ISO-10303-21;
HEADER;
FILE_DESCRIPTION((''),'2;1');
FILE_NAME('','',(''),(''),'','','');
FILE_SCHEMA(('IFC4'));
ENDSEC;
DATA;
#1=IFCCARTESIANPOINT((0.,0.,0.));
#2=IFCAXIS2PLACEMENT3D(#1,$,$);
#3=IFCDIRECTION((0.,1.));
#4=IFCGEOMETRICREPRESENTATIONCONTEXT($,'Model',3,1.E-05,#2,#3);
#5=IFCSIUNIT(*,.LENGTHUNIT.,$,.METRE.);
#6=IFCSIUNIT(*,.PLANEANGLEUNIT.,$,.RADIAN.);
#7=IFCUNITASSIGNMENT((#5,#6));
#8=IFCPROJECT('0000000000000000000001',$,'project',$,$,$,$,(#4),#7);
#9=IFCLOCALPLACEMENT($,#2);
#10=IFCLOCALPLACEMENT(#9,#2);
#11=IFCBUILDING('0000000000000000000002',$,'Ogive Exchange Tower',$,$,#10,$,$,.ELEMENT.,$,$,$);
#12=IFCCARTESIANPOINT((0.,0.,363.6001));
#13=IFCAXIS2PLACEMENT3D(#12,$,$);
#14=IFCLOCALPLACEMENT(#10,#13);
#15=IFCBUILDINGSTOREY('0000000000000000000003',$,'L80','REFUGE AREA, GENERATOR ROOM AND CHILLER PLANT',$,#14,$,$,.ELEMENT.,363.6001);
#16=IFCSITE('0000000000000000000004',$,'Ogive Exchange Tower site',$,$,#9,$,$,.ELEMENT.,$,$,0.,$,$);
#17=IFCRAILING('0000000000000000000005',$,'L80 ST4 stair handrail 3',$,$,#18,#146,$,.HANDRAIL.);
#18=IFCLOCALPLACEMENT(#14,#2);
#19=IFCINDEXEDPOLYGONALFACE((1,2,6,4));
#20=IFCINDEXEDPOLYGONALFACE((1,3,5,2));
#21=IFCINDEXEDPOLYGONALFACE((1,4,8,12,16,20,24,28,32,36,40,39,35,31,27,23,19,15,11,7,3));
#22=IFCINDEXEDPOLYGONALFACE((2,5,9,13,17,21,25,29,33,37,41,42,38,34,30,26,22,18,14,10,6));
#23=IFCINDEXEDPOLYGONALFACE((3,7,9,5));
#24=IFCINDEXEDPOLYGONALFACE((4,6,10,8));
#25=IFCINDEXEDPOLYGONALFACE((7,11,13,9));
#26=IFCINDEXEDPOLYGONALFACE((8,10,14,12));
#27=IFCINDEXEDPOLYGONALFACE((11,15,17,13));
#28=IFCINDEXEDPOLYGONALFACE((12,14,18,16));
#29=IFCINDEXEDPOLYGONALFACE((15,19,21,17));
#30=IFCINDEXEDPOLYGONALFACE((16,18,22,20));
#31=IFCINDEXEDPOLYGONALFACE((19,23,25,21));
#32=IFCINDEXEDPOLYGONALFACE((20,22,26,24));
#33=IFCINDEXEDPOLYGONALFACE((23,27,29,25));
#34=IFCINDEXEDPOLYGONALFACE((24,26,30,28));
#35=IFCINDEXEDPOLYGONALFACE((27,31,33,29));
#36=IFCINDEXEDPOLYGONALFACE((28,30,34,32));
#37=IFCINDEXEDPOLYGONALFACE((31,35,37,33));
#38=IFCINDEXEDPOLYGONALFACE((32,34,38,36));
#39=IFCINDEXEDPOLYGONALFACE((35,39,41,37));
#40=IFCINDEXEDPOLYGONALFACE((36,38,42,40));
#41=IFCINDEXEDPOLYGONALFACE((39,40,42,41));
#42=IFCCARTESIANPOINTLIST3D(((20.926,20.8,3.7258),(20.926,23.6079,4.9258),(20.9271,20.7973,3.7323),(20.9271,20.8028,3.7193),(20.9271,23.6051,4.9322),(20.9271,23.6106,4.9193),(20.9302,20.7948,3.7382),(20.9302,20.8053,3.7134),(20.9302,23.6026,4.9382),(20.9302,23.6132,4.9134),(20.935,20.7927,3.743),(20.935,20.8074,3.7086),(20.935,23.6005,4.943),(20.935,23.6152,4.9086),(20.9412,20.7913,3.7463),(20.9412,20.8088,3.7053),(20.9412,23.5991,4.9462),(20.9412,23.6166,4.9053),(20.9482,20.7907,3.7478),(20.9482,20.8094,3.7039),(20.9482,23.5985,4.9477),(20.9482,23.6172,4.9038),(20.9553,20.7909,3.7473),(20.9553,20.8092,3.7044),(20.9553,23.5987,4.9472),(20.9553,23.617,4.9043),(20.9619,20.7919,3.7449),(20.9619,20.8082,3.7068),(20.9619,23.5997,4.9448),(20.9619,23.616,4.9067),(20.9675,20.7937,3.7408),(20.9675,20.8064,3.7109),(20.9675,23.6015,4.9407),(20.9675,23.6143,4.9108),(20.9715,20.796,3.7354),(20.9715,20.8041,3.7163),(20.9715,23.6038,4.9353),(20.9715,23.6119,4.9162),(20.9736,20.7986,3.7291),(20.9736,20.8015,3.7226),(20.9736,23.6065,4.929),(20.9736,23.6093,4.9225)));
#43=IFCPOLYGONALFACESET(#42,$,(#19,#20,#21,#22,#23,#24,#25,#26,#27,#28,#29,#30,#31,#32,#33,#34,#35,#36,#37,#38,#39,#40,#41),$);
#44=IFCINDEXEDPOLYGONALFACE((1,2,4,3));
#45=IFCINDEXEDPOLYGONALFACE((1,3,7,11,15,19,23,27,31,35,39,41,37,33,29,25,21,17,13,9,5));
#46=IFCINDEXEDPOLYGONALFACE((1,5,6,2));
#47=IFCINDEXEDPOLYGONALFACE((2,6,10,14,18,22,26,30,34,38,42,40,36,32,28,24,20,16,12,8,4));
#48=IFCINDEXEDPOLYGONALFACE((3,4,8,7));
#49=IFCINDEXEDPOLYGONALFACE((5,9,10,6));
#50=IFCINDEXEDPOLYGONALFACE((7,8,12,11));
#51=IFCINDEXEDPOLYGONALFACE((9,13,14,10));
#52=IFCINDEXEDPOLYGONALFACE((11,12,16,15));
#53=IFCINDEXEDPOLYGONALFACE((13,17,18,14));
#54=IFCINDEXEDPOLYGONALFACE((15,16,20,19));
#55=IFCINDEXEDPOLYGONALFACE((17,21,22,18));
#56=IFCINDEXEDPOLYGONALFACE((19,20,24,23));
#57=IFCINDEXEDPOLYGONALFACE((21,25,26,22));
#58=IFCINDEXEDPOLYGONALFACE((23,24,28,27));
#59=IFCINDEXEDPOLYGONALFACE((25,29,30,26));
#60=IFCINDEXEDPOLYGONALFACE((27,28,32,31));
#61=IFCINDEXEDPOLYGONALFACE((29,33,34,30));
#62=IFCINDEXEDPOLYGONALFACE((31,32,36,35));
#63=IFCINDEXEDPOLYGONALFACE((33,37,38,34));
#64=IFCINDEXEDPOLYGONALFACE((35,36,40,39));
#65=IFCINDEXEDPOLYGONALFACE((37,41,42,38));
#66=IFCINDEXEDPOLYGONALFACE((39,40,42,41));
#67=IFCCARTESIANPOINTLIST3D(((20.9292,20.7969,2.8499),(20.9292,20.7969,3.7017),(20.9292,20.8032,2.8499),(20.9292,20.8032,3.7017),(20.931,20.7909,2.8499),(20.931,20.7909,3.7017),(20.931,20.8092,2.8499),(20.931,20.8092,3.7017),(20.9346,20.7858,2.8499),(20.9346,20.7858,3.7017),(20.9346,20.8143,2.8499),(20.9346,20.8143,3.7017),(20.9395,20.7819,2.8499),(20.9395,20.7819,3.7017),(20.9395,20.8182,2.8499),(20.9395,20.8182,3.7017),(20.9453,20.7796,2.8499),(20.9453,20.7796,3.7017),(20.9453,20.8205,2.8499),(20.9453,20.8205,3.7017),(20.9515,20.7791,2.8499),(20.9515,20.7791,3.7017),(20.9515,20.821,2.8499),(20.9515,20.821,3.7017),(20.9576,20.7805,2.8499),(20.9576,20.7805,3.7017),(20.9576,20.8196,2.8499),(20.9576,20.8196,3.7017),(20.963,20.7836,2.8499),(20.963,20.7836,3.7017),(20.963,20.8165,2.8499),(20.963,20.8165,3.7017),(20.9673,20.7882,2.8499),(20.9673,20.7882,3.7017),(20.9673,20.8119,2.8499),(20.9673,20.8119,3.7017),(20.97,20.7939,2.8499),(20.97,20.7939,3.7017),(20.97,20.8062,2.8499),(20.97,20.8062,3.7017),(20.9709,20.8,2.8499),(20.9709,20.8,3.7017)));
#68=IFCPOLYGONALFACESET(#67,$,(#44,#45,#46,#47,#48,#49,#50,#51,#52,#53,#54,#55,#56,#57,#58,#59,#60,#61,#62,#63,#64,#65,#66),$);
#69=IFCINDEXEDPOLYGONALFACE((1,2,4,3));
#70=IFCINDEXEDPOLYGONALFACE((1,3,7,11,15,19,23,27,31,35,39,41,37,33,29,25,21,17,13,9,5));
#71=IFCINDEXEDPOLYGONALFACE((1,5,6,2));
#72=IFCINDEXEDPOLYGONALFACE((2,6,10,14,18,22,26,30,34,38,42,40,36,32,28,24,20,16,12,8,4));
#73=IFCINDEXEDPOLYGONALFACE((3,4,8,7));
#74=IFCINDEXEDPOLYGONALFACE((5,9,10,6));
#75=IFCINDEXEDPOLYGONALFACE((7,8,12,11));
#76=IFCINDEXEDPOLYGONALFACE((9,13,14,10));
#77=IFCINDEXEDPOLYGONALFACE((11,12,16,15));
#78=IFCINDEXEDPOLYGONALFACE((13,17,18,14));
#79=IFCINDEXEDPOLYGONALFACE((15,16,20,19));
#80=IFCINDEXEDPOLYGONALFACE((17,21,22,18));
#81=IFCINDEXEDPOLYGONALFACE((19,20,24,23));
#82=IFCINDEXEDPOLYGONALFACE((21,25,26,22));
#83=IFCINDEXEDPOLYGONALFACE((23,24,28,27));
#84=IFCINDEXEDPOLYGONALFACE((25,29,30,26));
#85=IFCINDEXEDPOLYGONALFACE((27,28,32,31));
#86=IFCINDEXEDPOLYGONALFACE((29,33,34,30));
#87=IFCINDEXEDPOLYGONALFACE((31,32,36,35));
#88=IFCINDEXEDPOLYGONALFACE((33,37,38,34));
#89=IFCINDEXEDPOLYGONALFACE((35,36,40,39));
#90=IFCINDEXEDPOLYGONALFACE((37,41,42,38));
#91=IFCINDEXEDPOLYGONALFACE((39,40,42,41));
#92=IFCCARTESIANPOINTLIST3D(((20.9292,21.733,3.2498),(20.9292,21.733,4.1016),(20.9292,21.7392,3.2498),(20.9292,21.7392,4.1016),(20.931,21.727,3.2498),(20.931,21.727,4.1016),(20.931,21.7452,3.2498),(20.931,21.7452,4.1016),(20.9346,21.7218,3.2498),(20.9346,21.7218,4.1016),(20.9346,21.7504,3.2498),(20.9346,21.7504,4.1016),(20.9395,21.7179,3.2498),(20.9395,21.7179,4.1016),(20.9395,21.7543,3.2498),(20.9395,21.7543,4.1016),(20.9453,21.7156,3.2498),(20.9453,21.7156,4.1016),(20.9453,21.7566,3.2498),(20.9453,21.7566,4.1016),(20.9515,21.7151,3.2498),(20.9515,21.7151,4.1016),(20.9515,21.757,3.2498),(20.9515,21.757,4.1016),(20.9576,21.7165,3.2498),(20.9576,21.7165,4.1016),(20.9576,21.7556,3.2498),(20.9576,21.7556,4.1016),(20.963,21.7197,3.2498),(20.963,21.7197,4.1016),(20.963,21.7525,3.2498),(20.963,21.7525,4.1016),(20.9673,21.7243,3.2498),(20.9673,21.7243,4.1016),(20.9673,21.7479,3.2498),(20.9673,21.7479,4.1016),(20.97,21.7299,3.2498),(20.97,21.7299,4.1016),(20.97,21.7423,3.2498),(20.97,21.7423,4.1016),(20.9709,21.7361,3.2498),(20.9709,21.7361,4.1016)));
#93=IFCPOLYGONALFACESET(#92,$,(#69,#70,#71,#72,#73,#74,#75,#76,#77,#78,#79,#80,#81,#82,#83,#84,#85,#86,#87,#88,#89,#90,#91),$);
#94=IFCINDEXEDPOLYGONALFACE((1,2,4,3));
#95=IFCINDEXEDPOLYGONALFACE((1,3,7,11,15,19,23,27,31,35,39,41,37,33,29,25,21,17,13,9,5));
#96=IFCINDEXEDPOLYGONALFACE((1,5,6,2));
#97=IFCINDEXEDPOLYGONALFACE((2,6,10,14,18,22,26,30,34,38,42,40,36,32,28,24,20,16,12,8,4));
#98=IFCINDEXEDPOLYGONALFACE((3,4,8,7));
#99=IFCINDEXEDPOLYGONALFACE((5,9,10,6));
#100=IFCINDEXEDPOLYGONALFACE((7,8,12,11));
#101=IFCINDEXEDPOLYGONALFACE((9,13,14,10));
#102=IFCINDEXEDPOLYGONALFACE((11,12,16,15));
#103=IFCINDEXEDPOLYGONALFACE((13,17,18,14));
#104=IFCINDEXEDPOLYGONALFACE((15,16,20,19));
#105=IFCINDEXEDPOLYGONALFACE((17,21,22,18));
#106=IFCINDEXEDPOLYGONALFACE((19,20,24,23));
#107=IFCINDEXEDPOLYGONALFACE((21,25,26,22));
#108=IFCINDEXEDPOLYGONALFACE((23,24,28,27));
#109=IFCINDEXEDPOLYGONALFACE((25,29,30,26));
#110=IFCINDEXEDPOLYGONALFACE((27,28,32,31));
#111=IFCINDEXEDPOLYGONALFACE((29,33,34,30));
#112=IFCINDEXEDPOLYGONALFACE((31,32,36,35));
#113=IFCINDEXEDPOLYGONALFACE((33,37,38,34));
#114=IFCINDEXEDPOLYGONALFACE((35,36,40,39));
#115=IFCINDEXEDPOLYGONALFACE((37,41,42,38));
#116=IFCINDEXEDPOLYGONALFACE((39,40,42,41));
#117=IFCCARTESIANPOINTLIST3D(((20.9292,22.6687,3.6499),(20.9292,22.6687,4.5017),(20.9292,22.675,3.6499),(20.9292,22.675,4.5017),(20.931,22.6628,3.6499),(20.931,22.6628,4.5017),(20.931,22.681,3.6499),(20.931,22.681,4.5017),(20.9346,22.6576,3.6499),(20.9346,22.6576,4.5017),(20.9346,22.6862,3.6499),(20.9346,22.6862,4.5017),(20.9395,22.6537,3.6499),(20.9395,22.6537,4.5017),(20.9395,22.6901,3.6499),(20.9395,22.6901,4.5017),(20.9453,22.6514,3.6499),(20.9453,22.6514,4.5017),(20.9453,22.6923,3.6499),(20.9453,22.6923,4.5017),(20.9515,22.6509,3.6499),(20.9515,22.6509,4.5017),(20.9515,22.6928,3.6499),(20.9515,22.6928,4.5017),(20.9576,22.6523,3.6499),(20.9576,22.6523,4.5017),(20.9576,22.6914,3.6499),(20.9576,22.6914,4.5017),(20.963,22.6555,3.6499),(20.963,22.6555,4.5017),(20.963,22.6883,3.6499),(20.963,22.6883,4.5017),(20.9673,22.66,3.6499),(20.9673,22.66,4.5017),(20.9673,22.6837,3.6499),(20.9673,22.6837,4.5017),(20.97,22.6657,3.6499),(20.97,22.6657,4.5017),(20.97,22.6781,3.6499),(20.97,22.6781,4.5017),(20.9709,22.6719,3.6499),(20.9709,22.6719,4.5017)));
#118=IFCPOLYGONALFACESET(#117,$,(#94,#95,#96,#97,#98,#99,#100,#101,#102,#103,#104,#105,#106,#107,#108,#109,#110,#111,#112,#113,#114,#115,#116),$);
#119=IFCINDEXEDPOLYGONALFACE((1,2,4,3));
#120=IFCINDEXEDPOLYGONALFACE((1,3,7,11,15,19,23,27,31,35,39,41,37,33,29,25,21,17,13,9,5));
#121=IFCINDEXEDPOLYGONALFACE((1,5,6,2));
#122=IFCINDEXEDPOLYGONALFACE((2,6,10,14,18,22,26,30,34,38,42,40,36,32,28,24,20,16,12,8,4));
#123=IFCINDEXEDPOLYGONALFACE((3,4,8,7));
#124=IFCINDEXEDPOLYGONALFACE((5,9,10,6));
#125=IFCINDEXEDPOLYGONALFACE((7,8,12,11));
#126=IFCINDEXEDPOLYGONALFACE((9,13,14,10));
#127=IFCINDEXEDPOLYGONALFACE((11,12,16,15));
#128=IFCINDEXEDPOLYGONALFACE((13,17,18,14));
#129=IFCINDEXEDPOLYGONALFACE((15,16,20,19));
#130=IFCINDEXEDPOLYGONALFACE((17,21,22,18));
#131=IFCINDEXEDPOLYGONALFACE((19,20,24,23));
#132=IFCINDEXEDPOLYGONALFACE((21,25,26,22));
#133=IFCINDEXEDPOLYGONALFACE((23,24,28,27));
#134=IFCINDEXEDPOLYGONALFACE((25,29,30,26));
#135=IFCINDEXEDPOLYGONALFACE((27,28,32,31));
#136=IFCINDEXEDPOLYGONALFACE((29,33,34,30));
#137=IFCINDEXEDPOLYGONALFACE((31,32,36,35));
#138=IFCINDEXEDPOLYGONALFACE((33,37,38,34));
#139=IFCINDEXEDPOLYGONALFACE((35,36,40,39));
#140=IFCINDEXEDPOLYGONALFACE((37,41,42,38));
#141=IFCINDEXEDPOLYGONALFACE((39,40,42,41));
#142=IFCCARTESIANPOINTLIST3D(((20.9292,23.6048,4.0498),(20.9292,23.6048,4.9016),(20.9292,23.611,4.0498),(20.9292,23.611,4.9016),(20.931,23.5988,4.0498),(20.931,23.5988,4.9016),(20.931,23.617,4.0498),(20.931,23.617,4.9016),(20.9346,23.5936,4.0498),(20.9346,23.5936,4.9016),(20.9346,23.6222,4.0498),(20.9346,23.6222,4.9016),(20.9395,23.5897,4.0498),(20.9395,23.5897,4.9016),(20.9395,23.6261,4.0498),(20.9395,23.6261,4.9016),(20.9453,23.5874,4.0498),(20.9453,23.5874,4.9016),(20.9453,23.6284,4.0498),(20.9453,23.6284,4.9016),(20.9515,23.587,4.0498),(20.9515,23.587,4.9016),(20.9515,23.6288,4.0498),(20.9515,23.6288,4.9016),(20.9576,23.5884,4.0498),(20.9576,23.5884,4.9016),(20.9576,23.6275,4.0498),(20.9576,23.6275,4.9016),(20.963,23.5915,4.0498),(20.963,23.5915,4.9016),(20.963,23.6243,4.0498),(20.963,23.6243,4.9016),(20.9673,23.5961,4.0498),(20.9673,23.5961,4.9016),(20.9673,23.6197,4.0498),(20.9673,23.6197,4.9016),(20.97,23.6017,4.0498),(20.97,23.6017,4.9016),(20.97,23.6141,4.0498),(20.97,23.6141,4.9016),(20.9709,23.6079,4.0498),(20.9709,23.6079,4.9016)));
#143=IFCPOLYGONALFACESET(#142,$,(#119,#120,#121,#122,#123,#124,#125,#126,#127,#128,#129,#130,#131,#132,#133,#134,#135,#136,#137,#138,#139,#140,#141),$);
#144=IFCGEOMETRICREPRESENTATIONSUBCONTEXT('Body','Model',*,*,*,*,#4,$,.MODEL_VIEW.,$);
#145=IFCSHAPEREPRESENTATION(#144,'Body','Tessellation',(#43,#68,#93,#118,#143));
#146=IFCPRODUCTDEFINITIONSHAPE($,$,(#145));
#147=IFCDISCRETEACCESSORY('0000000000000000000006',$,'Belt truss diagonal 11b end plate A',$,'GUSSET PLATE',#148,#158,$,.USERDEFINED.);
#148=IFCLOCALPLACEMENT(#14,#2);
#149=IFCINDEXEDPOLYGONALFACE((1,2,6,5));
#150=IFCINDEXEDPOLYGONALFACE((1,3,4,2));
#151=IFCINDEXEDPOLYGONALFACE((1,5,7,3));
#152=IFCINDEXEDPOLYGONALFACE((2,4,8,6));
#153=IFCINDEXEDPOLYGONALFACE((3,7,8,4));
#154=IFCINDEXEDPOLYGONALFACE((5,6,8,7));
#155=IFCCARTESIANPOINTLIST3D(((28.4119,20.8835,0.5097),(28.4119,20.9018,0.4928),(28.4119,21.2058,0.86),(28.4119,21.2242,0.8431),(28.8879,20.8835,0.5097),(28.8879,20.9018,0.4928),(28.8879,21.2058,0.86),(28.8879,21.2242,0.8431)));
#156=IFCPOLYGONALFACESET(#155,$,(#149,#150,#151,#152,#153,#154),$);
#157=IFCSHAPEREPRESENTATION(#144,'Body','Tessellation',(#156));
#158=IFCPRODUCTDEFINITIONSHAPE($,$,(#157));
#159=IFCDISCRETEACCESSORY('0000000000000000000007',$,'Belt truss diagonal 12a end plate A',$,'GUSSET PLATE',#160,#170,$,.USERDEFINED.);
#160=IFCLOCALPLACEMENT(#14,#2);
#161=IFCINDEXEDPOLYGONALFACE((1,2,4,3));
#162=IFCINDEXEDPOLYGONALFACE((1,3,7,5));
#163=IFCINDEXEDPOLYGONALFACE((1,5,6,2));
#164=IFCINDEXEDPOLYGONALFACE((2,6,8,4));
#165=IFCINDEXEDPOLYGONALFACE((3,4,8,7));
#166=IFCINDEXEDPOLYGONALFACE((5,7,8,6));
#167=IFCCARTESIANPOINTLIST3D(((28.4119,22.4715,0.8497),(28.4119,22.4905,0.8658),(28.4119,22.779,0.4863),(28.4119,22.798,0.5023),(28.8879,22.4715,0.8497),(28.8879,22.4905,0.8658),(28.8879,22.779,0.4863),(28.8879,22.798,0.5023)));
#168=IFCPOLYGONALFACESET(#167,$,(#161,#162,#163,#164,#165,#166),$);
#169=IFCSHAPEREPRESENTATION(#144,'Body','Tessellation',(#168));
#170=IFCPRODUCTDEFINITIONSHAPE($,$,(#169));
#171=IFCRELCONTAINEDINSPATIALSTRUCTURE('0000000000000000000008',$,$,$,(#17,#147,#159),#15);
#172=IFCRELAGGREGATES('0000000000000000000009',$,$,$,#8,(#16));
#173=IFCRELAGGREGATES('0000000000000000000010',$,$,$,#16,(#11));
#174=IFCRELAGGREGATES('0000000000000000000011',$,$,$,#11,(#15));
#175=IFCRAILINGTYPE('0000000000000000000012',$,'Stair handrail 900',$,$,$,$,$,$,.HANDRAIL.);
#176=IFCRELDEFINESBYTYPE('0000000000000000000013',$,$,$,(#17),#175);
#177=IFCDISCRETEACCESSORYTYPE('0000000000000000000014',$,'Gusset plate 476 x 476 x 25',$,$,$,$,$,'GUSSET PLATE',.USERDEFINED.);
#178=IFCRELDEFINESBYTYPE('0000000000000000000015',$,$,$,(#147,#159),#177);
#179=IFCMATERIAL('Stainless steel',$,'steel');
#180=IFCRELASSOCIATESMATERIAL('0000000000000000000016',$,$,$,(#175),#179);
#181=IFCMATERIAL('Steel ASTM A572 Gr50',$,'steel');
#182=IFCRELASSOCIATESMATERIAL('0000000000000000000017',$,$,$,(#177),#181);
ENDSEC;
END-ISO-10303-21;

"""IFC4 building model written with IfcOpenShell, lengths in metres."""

from ifc_helpers import new_model, si_unit, direction, frame, origin, origin_2d, place, context, subcontext, project, spatial, rectangle, circle, extrude, material, material_profile, profile_set, type_object, element, save


model = new_model("IFC4")

# Units and contexts
model_context = context("Model", 3, precision=1e-05, world=origin(), true_north=direction((0.0, 1.0)))
body_context = subcontext(model_context, "Body", "Model", "MODEL_VIEW")
ifc_project = project(units=[si_unit("LENGTHUNIT", "METRE"), si_unit("PLANEANGLEUNIT", "RADIAN")], contexts=[model_context])

# Site, building, storey
site_placement = place(None, origin())
site = spatial("IfcSite", under=ifc_project, at=site_placement, Name="Ogive Exchange Tower site", CompositionType="ELEMENT", RefElevation=0.0)
building_placement = place(site_placement, origin())
building = spatial("IfcBuilding", under=site, at=building_placement, Name="Ogive Exchange Tower", CompositionType="ELEMENT")
storey_placement = place(building_placement, frame((0.0, 0.0, 363.6001)))
storey = spatial("IfcBuildingStorey", under=building, at=storey_placement, Name="L80", Description="REFUGE AREA, GENERATOR ROOM AND CHILLER PLANT", CompositionType="ELEMENT", Elevation=363.6001)

# Railing
ifc_material_1 = material(Name="Stainless steel", Category="steel")
railing_type = type_object("IfcRailingType", Name="Stair handrail 900", PredefinedType="HANDRAIL", material=ifc_material_1)
railing_placement = place(storey_placement, frame((20.95, 20.8, 2.8499)))
element("IfcRailing", 1, at=railing_placement, inside=storey, type_object=railing_type, Name="L80 ST4 stair handrail 3", PredefinedType="HANDRAIL", context=body_context, shape_type="SweptSolid", body=[
    extrude(circle(Radius=0.0239, at=origin_2d()), frame((0.0, 0.0, 0.876), z_axis=(0.0, 0.91955, 0.392973), x_axis=(-1.0, 0.0, 0.0)), (0.0, 0.0, 1.0), 3.0535),
    extrude(circle(Radius=0.021, at=origin_2d()), origin(), (0.0, 0.0, 1.0), 0.8518),
    extrude(circle(Radius=0.021, at=origin_2d()), frame((0.0, 0.936, 0.3999)), (0.0, 0.0, 1.0), 0.8518),
    extrude(circle(Radius=0.021, at=origin_2d()), frame((0.0, 1.8718, 0.8)), (0.0, 0.0, 1.0), 0.8518),
    extrude(circle(Radius=0.021, at=origin_2d()), frame((0.0, 2.8079, 1.2)), (0.0, 0.0, 1.0), 0.8518),
])

# Discrete accessories
ifc_material_2 = material(Name="Steel ASTM A572 Gr50", Category="steel")
ifc_material_profile_1 = material_profile(ifc_material_2, rectangle(XDim=0.4761, YDim=0.4761, at=origin_2d()), Name="PL 476 x 476 x 25")
ifc_profile_set_1 = profile_set([ifc_material_profile_1], Name="Steel ASTM A572 Gr50")
discrete_accessory_type = type_object("IfcDiscreteAccessoryType", Name="Gusset plate 476 x 476 x 25", ElementType="GUSSET PLATE", PredefinedType="USERDEFINED", material=ifc_profile_set_1)
for number, where, z_axis, x_axis, name in (
    (2, (28.6499, 21.063, 0.668), (0.0, -0.735931, 0.677057), (1.0, 0.0, 0.0), "Belt truss diagonal 11b end plate A"),
    (3, (28.6499, 22.6252, 0.668), (0.0, 0.763386, 0.645942), (-1.0, 0.0, 0.0), "Belt truss diagonal 12a end plate A"),
):
    element("IfcDiscreteAccessory", number, at=place(storey_placement, frame(where, z_axis=z_axis, x_axis=x_axis)), inside=storey, type_object=discrete_accessory_type, Name=name, ObjectType="GUSSET PLATE", PredefinedType="USERDEFINED", context=body_context, shape_type="SweptSolid", body=[
        extrude(rectangle(XDim=0.4761, YDim=0.4761, at=origin_2d()), origin(), (0.0, 0.0, 1.0), 0.0249),
    ])

save(model, "model.ifc")
